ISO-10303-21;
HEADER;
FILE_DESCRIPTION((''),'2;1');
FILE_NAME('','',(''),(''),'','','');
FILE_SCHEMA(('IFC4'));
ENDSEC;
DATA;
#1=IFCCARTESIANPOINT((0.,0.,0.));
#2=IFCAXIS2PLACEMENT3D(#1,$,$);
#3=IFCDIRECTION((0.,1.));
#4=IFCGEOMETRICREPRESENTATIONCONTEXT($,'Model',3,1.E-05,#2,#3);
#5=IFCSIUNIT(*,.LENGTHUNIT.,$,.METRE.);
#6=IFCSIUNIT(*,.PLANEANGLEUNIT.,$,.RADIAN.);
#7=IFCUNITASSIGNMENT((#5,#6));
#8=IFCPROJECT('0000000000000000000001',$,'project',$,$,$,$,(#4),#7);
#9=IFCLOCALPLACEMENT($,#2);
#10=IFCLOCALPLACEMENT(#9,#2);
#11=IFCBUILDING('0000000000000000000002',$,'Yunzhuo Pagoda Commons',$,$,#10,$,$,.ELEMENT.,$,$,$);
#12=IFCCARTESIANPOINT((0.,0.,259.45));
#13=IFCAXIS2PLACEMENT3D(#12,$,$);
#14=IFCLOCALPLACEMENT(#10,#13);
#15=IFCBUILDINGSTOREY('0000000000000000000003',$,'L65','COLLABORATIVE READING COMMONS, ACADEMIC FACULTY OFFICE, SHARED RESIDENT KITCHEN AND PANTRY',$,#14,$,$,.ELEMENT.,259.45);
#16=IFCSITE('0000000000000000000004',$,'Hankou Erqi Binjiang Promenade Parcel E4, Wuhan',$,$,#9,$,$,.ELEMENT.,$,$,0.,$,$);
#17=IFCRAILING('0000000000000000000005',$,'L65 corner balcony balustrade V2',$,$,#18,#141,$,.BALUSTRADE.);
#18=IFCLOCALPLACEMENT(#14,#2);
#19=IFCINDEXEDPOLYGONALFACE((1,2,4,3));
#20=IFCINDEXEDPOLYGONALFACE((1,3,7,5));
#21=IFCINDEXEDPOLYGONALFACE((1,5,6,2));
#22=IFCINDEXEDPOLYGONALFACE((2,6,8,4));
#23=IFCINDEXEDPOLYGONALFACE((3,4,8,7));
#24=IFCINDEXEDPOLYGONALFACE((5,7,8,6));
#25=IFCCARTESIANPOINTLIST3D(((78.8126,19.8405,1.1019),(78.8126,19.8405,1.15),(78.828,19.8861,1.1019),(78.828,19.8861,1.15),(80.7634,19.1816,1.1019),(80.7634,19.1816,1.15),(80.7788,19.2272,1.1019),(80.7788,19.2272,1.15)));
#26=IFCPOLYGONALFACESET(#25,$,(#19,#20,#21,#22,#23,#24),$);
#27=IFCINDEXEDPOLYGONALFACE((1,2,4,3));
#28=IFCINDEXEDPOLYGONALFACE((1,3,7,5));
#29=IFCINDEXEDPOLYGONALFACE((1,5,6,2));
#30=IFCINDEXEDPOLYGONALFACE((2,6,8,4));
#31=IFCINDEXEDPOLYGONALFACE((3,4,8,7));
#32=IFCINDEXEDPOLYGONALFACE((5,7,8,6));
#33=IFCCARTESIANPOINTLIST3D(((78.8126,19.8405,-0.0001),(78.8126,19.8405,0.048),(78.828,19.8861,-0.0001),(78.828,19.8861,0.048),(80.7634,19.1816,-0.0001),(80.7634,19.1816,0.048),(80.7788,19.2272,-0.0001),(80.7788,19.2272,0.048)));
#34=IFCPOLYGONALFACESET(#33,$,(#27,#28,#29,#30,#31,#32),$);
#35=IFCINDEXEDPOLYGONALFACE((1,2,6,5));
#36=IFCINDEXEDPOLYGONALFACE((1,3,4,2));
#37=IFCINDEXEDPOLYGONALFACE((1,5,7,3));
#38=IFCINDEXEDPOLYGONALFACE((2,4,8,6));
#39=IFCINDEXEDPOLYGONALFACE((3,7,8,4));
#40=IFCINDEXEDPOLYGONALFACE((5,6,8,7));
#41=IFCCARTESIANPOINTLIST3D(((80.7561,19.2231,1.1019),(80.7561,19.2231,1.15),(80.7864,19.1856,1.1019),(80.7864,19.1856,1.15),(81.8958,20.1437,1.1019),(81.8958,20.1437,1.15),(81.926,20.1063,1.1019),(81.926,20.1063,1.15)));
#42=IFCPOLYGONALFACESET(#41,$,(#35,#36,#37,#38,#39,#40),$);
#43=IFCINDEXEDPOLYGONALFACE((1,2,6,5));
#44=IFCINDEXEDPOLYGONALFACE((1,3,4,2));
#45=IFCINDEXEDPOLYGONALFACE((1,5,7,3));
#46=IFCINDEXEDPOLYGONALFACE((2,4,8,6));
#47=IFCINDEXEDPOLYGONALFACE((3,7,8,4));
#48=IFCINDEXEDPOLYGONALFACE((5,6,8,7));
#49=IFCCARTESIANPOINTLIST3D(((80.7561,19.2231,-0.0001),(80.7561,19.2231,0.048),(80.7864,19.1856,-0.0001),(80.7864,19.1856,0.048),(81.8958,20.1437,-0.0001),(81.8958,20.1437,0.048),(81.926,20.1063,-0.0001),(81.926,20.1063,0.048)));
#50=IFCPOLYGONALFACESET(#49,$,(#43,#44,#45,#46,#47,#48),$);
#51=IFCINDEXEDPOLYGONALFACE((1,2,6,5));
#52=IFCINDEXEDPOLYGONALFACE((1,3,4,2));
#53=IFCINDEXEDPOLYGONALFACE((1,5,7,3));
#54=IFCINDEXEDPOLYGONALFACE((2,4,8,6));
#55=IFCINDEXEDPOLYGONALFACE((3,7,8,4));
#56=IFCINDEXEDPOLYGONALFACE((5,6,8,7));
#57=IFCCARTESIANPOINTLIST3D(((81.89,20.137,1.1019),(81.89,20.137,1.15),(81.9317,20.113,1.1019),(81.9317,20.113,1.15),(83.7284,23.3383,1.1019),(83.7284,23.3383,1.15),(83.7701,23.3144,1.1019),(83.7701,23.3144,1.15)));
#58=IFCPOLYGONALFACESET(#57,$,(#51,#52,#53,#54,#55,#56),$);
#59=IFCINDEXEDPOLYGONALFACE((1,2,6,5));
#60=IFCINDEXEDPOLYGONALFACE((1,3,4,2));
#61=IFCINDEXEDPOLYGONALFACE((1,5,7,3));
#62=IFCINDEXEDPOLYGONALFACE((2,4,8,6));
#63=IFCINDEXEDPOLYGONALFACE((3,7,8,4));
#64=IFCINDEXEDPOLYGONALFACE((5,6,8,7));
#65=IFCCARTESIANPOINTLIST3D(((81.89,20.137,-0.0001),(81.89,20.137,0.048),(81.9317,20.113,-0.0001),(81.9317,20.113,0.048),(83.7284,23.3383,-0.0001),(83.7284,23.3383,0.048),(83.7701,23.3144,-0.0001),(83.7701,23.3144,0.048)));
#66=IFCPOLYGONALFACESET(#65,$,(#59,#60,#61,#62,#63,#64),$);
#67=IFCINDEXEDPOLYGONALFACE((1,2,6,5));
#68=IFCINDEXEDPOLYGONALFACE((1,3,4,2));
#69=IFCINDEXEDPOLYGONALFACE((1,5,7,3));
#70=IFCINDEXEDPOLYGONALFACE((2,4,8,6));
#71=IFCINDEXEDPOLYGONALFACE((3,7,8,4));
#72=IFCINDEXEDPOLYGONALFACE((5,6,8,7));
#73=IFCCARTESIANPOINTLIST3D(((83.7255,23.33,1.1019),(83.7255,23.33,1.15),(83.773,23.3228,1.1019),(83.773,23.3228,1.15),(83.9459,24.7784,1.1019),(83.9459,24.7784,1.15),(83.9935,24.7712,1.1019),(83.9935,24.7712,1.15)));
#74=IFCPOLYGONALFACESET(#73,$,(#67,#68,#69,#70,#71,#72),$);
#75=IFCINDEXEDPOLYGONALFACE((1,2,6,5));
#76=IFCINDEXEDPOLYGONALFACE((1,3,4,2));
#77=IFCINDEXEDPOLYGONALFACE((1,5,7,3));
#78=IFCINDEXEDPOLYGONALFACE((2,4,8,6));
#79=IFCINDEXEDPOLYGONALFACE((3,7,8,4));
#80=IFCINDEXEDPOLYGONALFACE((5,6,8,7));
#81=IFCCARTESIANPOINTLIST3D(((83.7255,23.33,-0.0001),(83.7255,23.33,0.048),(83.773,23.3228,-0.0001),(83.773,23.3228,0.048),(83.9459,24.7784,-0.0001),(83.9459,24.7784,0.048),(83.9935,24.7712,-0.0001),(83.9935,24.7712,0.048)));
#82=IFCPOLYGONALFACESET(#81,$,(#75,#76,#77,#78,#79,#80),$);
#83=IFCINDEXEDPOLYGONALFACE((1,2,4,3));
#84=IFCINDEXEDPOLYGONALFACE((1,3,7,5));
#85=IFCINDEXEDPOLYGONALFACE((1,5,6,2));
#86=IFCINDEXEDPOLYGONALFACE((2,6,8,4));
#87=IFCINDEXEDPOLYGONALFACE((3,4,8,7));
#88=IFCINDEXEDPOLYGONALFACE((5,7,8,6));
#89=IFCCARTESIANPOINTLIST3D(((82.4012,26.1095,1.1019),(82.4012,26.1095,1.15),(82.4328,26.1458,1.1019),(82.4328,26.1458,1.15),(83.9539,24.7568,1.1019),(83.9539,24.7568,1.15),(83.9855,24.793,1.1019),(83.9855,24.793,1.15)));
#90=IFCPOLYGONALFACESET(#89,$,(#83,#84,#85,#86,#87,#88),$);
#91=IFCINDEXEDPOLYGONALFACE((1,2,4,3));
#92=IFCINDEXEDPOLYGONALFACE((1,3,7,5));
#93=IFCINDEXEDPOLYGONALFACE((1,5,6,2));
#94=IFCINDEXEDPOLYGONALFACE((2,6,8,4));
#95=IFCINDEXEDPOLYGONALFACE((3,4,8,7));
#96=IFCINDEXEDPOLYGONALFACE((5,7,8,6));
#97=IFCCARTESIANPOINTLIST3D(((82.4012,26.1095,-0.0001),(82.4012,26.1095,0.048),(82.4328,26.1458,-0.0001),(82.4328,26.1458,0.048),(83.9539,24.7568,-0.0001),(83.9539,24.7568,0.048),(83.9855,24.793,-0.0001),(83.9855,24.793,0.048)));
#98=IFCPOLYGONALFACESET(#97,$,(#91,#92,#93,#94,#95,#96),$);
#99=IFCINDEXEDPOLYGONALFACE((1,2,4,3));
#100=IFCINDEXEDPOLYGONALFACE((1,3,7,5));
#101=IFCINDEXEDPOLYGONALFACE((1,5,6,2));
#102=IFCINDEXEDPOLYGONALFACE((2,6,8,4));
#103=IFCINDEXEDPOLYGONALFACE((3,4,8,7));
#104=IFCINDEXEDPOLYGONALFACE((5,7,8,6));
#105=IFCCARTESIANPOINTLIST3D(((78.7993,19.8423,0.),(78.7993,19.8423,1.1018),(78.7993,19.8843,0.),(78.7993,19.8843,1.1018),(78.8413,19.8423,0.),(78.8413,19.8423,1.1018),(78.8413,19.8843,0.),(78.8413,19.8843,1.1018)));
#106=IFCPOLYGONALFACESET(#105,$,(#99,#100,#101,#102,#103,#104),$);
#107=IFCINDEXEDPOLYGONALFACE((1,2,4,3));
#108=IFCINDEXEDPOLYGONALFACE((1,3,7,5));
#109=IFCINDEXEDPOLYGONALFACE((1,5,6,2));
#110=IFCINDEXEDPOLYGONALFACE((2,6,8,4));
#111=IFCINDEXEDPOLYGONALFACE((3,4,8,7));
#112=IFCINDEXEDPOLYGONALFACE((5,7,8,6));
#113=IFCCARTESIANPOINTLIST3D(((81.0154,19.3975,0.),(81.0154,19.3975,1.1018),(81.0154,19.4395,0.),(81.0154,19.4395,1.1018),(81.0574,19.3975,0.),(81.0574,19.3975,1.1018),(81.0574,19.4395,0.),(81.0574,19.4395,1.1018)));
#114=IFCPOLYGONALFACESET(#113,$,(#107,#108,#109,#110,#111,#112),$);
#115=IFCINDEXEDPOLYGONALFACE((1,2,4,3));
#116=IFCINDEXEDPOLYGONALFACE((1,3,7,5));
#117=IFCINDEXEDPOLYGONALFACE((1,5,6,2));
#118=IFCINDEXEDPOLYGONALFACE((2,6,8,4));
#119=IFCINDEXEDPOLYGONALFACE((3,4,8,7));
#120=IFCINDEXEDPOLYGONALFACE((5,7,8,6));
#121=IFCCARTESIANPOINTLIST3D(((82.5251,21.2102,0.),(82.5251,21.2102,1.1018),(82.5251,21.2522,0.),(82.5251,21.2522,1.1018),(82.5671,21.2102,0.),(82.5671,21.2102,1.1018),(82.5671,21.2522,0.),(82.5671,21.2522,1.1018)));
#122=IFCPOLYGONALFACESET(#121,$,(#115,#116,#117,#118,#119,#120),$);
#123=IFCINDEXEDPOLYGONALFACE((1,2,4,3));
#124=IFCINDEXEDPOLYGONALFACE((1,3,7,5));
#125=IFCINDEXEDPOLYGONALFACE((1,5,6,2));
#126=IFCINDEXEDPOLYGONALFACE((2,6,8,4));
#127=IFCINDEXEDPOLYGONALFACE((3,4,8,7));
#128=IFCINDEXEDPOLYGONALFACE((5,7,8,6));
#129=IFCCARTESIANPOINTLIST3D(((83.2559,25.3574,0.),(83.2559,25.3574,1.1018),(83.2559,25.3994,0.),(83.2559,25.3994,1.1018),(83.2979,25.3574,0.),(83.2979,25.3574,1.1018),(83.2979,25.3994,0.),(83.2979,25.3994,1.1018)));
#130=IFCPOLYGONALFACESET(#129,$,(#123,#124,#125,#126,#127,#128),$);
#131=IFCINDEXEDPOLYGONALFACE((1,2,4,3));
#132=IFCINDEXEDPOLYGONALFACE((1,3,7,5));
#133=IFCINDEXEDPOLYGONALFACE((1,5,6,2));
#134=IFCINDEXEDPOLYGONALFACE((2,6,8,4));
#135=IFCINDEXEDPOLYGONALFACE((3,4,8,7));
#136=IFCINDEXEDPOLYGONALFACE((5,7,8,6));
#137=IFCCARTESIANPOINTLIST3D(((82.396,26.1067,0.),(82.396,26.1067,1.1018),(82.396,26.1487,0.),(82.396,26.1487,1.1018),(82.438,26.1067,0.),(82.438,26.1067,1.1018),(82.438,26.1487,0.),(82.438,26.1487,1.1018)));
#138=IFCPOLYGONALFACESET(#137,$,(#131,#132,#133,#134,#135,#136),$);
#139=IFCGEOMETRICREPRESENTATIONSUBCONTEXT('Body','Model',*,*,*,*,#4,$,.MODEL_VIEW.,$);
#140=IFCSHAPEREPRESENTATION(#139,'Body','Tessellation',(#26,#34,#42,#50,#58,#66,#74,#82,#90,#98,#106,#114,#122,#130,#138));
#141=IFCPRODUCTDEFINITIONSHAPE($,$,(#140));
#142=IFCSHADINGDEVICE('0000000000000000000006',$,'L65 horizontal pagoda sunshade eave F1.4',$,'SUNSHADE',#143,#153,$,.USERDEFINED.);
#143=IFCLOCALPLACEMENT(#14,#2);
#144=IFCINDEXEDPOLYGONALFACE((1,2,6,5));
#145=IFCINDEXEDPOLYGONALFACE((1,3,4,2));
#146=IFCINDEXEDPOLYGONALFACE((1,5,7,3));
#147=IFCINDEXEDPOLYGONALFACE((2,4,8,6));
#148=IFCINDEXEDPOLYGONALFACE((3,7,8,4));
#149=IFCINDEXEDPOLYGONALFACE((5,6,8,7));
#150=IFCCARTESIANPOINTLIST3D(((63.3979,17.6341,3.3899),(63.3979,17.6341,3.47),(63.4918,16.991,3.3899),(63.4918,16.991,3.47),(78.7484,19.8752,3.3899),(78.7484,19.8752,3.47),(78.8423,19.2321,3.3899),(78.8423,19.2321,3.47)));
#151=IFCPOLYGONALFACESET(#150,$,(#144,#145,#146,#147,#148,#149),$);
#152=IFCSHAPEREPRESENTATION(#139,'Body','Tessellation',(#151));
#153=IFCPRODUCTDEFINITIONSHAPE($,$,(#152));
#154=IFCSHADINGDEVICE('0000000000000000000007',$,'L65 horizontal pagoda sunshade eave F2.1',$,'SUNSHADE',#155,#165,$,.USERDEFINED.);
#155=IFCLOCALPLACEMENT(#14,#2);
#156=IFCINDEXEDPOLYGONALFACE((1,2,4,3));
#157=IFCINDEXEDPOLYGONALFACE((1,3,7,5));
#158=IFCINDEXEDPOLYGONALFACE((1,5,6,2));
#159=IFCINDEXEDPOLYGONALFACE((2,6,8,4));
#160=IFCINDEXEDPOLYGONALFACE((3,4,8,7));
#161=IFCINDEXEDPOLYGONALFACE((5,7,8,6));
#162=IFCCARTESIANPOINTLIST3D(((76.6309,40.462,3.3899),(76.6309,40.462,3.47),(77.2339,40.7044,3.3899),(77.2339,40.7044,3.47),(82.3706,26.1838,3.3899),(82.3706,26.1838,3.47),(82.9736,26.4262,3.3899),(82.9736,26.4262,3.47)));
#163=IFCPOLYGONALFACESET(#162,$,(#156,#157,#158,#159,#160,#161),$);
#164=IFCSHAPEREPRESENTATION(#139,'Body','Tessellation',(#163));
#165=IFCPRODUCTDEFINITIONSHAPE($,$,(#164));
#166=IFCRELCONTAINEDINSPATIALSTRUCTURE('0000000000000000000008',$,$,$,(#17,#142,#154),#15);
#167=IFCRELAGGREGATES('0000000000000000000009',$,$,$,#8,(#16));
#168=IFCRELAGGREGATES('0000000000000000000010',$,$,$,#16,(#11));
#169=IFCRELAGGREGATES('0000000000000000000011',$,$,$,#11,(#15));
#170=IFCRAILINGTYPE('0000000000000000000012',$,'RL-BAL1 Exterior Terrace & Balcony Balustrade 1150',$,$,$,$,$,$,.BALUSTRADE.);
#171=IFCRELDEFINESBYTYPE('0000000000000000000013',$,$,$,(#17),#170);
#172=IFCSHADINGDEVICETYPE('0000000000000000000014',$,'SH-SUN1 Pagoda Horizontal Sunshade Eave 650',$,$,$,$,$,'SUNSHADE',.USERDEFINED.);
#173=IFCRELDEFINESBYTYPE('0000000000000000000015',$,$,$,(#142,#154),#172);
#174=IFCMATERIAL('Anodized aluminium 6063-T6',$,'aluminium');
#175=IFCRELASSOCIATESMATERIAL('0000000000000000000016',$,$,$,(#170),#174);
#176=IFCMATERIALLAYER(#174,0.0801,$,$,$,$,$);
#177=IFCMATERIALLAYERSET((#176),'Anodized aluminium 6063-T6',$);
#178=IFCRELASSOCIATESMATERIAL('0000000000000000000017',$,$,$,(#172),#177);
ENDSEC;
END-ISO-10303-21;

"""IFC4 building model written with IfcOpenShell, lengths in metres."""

from ifc_helpers import new_model, si_unit, direction, frame, origin, origin_2d, place, context, subcontext, project, spatial, rectangle, extrude, source, transform, mapped, material, layer, layer_set, type_object, element, save


model = new_model("IFC4")

# Units and contexts
model_context = context("Model", 3, precision=1e-05, world=origin(), true_north=direction((0.0, 1.0)))
body_context = subcontext(model_context, "Body", "Model", "MODEL_VIEW")
ifc_project = project(units=[si_unit("LENGTHUNIT", "METRE"), si_unit("PLANEANGLEUNIT", "RADIAN")], contexts=[model_context])

# Site, building, storey
site_placement = place(None, origin())
site = spatial("IfcSite", under=ifc_project, at=site_placement, Name="Hankou Erqi Binjiang Promenade Parcel E4, Wuhan", CompositionType="ELEMENT", RefElevation=0.0)
building_placement = place(site_placement, origin())
building = spatial("IfcBuilding", under=site, at=building_placement, Name="Yunzhuo Pagoda Commons", CompositionType="ELEMENT")
storey_placement = place(building_placement, frame((0.0, 0.0, 259.45)))
storey = spatial("IfcBuildingStorey", under=building, at=storey_placement, Name="L65", Description="COLLABORATIVE READING COMMONS, ACADEMIC FACULTY OFFICE, SHARED RESIDENT KITCHEN AND PANTRY", CompositionType="ELEMENT", Elevation=259.45)

# Shared definitions
ifc_material_1 = material(Name="Anodized aluminium 6063-T6", Category="aluminium")

# Railing
railing_type = type_object("IfcRailingType", Name="RL-BAL1 Exterior Terrace & Balcony Balustrade 1150", PredefinedType="BALUSTRADE", material=ifc_material_1)
railing_placement = place(storey_placement, frame((78.8203, 19.8633, 0.0)))
element("IfcRailing", 1, at=railing_placement, inside=storey, type_object=railing_type, Name="L65 corner balcony balustrade V2", PredefinedType="BALUSTRADE", context=body_context, shape_type="SweptSolid", body=[
    extrude(rectangle(XDim=0.0481, YDim=0.0481, at=origin_2d()), frame((0.0, 0.0, 1.126), z_axis=(0.947419, -0.319996, 0.0), x_axis=(0.319996, 0.947419, 0.0)), (0.0, 0.0, 1.0), 2.0591),
    extrude(rectangle(XDim=0.0481, YDim=0.0481, at=origin_2d()), frame((0.0, 0.0, 0.0239), z_axis=(0.947419, -0.319996, 0.0), x_axis=(0.319996, 0.947419, 0.0)), (0.0, 0.0, 1.0), 2.0591),
    extrude(rectangle(XDim=0.0481, YDim=0.0481, at=origin_2d()), frame((1.9509, -0.6589, 1.126), z_axis=(0.777885, 0.628407, 0.0), x_axis=(-0.628407, 0.777885, 0.0)), (0.0, 0.0, 1.0), 1.4651),
    extrude(rectangle(XDim=0.0481, YDim=0.0481, at=origin_2d()), frame((1.9509, -0.6589, 0.0239), z_axis=(0.777885, 0.628407, 0.0), x_axis=(-0.628407, 0.777885, 0.0)), (0.0, 0.0, 1.0), 1.4651),
    extrude(rectangle(XDim=0.0481, YDim=0.0481, at=origin_2d()), frame((3.0906, 0.2617, 1.126), z_axis=(0.497975, 0.867191, 0.0), x_axis=(-0.867191, 0.497975, 0.0)), (0.0, 0.0, 1.0), 3.6917),
    extrude(rectangle(XDim=0.0481, YDim=0.0481, at=origin_2d()), frame((3.0906, 0.2617, 0.0239), z_axis=(0.497975, 0.867191, 0.0), x_axis=(-0.867191, 0.497975, 0.0)), (0.0, 0.0, 1.0), 3.6917),
    extrude(rectangle(XDim=0.0481, YDim=0.0481, at=origin_2d()), frame((4.929, 3.4631, 1.126), z_axis=(0.150467, 0.988615, 0.0), x_axis=(-0.988615, 0.150467, 0.0)), (0.0, 0.0, 1.0), 1.4651),
    extrude(rectangle(XDim=0.0481, YDim=0.0481, at=origin_2d()), frame((4.929, 3.4631, 0.0239), z_axis=(0.150467, 0.988615, 0.0), x_axis=(-0.988615, 0.150467, 0.0)), (0.0, 0.0, 1.0), 1.4651),
    extrude(rectangle(XDim=0.0481, YDim=0.0481, at=origin_2d()), frame((5.1494, 4.9116, 1.126), z_axis=(-0.753985, 0.656892, 0.0), x_axis=(-0.656892, -0.753985, 0.0)), (0.0, 0.0, 1.0), 2.0593),
    extrude(rectangle(XDim=0.0481, YDim=0.0481, at=origin_2d()), frame((5.1494, 4.9116, 0.0239), z_axis=(-0.753985, 0.656892, 0.0), x_axis=(-0.656892, -0.753985, 0.0)), (0.0, 0.0, 1.0), 2.0593),
    extrude(rectangle(XDim=0.042, YDim=0.042, at=origin_2d()), origin(), (0.0, 0.0, 1.0), 1.1018),
    extrude(rectangle(XDim=0.042, YDim=0.042, at=origin_2d()), frame((2.2161, -0.4448, 0.0)), (0.0, 0.0, 1.0), 1.1018),
    extrude(rectangle(XDim=0.042, YDim=0.042, at=origin_2d()), frame((3.7258, 1.3679, 0.0)), (0.0, 0.0, 1.0), 1.1018),
    extrude(rectangle(XDim=0.042, YDim=0.042, at=origin_2d()), frame((4.4565, 5.5151, 0.0)), (0.0, 0.0, 1.0), 1.1018),
    extrude(rectangle(XDim=0.042, YDim=0.042, at=origin_2d()), frame((3.5967, 6.2644, 0.0)), (0.0, 0.0, 1.0), 1.1018),
])

# Shading devices
ifc_layer_1 = layer(ifc_material_1, 0.0801)
ifc_layer_set_1 = layer_set([ifc_layer_1], Name="Anodized aluminium 6063-T6")
shading_device_type = type_object("IfcShadingDeviceType", Name="SH-SUN1 Pagoda Horizontal Sunshade Eave 650", ElementType="SUNSHADE", PredefinedType="USERDEFINED", material=ifc_layer_set_1)
shared_shape_1 = source(origin(), body_context, "Body", "SweptSolid", [
    extrude(rectangle(XDim=15.5132, YDim=0.6499, at=origin_2d()), origin(), (0.0, 0.0, 1.0), 0.0801),
])
shading_device_1_placement = place(storey_placement, frame((71.1201, 18.4331, 3.3899), z_axis=(0.0, 0.0, 1.0), x_axis=(0.989511, 0.14446, 0.0)))
element("IfcShadingDevice", 2, at=shading_device_1_placement, inside=storey, type_object=shading_device_type, Name="L65 horizontal pagoda sunshade eave F1.4", ObjectType="SUNSHADE", PredefinedType="USERDEFINED", context=body_context, shape_type="MappedRepresentation", body=[
    mapped(shared_shape_1, transform((0.0, 0.0, 0.0), scale=1.0)),
])
shared_shape_2 = source(origin(), body_context, "Body", "SweptSolid", [
    extrude(rectangle(XDim=15.3887, YDim=0.6499, at=origin_2d()), origin(), (0.0, 0.0, 1.0), 0.0801),
])
shading_device_2_placement = place(storey_placement, frame((79.8022, 33.4441, 3.3899), z_axis=(0.0, 0.0, 1.0), x_axis=(-0.372988, 0.927836, 0.0)))
element("IfcShadingDevice", 3, at=shading_device_2_placement, inside=storey, type_object=shading_device_type, Name="L65 horizontal pagoda sunshade eave F2.1", ObjectType="SUNSHADE", PredefinedType="USERDEFINED", context=body_context, shape_type="MappedRepresentation", body=[
    mapped(shared_shape_2, transform((0.0, 0.0, 0.0), scale=1.0)),
])

save(model, "model.ifc")
